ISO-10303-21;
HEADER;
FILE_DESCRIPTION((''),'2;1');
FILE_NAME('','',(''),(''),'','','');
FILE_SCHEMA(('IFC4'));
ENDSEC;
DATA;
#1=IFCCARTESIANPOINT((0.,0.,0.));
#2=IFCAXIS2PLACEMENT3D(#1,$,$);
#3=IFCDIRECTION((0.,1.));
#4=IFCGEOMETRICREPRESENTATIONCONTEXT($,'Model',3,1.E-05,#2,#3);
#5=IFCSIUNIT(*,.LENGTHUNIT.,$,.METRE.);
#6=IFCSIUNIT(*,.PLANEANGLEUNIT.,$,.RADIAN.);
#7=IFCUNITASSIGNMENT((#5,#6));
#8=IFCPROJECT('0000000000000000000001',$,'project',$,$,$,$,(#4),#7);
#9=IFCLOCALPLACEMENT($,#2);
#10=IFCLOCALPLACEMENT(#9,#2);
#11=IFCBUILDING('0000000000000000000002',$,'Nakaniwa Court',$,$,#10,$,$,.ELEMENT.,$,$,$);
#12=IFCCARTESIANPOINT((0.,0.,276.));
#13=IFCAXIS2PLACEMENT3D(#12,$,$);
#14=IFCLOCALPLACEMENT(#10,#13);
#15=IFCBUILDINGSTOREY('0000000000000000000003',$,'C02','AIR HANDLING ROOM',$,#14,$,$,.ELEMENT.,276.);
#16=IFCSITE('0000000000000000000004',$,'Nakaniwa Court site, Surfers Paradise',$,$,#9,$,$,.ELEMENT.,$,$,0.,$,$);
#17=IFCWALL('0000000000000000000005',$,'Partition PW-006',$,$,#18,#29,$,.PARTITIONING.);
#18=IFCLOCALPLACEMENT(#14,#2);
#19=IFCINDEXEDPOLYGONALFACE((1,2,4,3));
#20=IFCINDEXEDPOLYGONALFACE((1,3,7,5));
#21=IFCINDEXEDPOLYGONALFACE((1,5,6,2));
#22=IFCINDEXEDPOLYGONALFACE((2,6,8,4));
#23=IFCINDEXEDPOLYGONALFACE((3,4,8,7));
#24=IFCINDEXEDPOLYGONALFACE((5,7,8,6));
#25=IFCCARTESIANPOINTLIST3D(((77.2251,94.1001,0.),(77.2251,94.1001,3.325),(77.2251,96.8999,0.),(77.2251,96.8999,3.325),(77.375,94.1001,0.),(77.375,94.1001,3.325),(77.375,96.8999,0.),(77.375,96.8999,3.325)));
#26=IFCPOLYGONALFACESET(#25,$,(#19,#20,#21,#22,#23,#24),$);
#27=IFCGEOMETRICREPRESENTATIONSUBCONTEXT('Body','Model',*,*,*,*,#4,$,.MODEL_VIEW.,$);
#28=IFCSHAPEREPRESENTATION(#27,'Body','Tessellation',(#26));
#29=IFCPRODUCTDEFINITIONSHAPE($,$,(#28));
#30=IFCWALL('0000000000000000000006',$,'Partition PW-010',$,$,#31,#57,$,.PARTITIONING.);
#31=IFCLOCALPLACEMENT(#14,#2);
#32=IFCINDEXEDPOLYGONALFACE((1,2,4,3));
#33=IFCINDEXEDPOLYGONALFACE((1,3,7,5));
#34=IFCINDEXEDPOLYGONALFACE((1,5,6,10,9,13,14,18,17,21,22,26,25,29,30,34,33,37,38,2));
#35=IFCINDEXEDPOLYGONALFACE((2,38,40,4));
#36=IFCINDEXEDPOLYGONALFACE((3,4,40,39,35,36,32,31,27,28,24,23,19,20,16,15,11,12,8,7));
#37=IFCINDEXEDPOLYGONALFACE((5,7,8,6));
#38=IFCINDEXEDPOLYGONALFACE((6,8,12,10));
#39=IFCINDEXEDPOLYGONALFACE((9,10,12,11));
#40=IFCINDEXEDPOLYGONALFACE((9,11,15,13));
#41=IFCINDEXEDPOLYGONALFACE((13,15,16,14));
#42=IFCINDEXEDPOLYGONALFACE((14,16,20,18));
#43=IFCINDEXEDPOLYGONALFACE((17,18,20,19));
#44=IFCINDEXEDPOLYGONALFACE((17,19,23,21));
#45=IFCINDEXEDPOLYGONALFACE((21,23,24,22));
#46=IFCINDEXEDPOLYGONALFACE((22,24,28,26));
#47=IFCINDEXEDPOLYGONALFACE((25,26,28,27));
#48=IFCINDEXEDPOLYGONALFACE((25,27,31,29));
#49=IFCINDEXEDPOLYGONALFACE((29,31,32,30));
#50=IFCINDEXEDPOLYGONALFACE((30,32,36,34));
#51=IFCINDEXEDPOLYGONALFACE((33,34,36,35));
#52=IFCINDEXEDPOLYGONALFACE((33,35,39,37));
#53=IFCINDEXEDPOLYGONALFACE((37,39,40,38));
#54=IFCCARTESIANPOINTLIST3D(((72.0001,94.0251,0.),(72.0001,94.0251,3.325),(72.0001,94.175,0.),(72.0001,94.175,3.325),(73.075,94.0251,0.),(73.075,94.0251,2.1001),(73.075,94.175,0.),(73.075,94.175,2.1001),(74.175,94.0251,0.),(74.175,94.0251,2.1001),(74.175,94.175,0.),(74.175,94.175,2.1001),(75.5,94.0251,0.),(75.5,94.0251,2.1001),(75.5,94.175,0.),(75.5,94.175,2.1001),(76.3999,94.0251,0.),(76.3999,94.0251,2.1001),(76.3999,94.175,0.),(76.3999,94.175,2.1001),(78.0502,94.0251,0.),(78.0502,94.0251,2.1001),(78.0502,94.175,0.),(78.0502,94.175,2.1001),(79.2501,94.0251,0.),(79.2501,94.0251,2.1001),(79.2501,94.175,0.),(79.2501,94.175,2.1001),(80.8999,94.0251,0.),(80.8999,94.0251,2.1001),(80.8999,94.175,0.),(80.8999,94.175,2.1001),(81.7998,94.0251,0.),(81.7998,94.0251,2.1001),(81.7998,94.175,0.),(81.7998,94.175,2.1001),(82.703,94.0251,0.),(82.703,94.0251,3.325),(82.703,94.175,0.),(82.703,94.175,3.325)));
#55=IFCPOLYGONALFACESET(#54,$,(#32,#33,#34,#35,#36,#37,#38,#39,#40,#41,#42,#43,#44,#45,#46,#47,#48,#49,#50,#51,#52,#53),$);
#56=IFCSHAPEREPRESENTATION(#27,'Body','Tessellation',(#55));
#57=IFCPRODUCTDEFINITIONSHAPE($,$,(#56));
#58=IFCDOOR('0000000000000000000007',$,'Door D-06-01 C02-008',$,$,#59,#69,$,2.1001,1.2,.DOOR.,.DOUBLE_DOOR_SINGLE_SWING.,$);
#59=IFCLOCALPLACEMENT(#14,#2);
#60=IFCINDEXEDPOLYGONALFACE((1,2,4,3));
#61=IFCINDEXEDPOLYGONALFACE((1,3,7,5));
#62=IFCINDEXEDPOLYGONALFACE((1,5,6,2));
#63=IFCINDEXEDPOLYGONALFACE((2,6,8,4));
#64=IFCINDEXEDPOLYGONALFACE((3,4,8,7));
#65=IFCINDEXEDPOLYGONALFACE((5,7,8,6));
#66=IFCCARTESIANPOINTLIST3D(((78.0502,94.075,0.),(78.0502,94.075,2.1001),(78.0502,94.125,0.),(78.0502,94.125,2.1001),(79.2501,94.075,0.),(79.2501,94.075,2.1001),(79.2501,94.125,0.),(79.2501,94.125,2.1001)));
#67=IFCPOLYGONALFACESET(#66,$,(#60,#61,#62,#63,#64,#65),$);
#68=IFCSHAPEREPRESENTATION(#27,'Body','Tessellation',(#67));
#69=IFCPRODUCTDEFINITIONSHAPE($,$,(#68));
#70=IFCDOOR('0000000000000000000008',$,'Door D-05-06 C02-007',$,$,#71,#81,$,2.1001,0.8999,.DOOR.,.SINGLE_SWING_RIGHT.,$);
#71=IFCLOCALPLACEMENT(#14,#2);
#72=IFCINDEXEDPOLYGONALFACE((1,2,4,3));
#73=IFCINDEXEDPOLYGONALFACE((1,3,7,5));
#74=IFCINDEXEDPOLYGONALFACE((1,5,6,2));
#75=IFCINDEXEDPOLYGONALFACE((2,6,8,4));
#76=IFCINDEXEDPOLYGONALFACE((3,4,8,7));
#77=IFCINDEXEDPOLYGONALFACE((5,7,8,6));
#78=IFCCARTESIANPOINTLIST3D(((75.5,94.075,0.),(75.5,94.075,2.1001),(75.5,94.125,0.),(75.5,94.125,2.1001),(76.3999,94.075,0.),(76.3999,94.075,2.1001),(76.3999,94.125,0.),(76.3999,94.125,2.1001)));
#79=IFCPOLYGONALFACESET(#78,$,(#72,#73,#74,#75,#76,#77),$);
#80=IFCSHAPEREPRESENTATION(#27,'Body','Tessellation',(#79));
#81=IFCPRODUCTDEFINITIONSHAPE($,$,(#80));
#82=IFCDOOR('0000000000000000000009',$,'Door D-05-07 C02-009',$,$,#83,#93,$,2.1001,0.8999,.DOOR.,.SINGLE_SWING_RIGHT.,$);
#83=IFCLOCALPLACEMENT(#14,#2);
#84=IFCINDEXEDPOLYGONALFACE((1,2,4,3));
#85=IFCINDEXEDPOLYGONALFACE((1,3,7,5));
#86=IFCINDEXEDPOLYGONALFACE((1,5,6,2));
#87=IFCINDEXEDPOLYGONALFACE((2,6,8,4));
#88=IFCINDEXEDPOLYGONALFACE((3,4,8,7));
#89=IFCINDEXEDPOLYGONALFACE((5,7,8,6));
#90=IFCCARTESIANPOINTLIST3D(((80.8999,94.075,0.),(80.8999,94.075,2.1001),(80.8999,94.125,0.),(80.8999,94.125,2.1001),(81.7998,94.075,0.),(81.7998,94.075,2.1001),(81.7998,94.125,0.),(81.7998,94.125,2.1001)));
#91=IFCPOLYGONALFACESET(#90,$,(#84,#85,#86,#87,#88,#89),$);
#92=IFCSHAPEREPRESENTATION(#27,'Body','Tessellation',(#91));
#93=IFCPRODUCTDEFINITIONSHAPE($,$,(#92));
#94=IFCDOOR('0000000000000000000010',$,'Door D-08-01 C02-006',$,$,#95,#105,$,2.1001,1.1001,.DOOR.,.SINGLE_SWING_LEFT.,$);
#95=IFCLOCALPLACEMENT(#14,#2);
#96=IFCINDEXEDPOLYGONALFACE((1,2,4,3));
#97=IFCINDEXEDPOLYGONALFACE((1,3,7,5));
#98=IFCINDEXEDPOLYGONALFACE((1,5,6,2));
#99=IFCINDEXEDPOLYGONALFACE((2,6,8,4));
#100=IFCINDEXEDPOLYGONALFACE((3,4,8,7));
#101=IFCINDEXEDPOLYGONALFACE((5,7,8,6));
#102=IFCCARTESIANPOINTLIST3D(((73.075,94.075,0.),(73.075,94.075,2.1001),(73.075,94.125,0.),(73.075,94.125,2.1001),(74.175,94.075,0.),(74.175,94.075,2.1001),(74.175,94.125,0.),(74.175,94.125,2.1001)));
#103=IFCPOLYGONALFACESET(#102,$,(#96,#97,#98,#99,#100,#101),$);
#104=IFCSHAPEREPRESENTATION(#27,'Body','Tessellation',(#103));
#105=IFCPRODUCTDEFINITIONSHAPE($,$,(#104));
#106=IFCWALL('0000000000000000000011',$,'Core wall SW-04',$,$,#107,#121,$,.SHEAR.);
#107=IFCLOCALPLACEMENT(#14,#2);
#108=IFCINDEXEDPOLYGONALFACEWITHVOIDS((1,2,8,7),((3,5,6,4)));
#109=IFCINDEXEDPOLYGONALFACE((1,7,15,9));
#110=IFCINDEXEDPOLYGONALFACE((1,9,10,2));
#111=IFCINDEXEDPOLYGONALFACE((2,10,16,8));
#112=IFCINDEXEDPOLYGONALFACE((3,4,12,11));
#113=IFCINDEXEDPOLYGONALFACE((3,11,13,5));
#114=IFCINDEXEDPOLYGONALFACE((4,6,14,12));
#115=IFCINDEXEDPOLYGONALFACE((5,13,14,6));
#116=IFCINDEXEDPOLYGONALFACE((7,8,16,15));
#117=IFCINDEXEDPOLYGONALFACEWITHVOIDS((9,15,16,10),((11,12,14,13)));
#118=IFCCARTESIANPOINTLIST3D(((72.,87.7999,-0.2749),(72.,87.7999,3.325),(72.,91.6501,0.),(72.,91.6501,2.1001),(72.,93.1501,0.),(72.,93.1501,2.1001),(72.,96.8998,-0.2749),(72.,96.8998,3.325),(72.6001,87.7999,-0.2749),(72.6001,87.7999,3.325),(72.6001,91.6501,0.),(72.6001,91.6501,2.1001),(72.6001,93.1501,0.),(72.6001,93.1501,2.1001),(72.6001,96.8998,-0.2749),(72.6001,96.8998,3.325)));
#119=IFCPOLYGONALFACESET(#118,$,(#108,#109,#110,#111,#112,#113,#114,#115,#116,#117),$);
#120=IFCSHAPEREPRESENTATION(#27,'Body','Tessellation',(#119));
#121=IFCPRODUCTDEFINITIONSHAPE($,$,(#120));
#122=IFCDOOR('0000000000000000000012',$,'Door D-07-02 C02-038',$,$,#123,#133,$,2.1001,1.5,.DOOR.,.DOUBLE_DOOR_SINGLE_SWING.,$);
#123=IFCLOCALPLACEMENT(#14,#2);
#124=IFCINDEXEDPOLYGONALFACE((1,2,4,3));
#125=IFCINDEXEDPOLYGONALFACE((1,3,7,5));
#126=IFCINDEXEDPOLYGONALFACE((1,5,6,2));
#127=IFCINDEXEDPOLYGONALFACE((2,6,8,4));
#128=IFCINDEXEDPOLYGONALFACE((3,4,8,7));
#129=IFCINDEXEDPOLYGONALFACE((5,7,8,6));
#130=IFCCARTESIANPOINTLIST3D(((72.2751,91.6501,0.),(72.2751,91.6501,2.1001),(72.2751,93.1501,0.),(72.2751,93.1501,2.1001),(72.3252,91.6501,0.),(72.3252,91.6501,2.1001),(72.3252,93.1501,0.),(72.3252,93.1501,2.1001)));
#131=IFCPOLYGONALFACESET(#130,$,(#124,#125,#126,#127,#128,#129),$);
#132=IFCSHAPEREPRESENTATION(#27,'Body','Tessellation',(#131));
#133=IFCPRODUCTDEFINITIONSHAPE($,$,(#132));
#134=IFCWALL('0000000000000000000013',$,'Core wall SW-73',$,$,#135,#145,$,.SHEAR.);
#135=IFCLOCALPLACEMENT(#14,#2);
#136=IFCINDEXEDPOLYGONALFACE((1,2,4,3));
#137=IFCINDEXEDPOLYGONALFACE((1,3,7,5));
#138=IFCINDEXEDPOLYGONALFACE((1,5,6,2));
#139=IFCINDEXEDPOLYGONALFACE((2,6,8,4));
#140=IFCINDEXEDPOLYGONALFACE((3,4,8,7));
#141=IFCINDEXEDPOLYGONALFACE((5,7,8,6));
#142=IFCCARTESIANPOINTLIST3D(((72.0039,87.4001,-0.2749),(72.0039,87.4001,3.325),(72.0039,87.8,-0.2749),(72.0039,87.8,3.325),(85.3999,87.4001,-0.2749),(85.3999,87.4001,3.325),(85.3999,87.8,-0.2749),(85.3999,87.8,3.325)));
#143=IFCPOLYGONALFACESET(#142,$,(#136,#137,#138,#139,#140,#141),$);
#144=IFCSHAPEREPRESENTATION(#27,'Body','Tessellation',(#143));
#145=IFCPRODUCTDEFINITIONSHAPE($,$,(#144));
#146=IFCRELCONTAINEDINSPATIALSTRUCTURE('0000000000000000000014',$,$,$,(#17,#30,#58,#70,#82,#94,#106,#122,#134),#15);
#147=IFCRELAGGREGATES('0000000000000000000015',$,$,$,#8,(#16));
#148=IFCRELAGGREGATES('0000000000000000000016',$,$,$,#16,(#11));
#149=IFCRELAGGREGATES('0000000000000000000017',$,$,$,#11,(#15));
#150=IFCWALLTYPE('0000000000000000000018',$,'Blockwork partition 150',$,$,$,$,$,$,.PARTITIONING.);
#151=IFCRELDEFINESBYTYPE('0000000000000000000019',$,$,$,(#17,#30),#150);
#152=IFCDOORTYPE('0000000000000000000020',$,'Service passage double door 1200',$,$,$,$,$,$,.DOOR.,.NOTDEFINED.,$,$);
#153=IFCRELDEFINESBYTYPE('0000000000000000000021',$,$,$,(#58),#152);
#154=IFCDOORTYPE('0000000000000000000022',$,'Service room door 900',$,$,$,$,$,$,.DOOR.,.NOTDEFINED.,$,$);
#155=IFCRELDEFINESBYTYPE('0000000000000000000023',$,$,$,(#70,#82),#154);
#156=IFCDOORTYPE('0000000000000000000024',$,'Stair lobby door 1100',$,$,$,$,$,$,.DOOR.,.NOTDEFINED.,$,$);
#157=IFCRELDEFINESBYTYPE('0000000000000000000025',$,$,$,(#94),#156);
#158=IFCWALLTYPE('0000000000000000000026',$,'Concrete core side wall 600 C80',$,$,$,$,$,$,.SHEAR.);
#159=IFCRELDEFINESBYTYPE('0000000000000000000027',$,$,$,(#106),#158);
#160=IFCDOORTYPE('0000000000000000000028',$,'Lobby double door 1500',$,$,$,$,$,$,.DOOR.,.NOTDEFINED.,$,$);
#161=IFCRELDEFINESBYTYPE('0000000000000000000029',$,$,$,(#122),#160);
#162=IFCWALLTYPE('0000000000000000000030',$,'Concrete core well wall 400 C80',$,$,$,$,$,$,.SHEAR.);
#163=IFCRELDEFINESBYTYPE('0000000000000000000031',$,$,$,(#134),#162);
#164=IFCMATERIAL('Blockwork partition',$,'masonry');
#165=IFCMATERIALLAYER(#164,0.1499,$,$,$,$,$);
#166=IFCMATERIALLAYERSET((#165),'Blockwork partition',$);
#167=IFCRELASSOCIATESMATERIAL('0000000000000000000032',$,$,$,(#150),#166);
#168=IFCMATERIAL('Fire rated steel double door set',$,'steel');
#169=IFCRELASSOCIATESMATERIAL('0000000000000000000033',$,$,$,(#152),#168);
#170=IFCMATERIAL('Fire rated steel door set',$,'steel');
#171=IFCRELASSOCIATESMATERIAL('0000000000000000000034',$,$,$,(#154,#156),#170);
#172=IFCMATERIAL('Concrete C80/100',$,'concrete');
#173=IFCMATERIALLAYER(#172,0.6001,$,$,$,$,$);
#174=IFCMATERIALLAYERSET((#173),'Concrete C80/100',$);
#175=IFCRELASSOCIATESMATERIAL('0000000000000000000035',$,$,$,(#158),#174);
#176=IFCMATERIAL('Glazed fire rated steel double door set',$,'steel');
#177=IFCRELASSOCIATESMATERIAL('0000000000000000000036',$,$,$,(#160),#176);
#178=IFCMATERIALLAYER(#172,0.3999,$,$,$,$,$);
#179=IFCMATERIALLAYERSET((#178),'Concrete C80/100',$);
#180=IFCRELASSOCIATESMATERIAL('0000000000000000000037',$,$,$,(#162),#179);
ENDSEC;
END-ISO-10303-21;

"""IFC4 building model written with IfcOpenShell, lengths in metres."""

from ifc_helpers import new_model, si_unit, direction, frame, frame_2d, origin, place, context, subcontext, project, spatial, rectangle, extrude, material, layer, layer_set, type_object, element, fill, save


model = new_model("IFC4")

# Units and contexts
model_context = context("Model", 3, precision=1e-05, world=origin(), true_north=direction((0.0, 1.0)))
body_context = subcontext(model_context, "Body", "Model", "MODEL_VIEW")
ifc_project = project(units=[si_unit("LENGTHUNIT", "METRE"), si_unit("PLANEANGLEUNIT", "RADIAN")], contexts=[model_context])

# Site, building, storey
site_placement = place(None, origin())
site = spatial("IfcSite", under=ifc_project, at=site_placement, Name="Nakaniwa Court site, Surfers Paradise", CompositionType="ELEMENT", RefElevation=0.0)
building_placement = place(site_placement, origin())
building = spatial("IfcBuilding", under=site, at=building_placement, Name="Nakaniwa Court", CompositionType="ELEMENT")
storey_placement = place(building_placement, frame((0.0, 0.0, 276.0)))
storey = spatial("IfcBuildingStorey", under=building, at=storey_placement, Name="C02", Description="AIR HANDLING ROOM", CompositionType="ELEMENT", Elevation=276.0)

# Shared definitions
ifc_material_1 = material(Name="Concrete C80/100", Category="concrete")

# Wall
ifc_material_2 = material(Name="Blockwork partition", Category="masonry")
ifc_layer_1 = layer(ifc_material_2, 0.1499)
ifc_layer_set_1 = layer_set([ifc_layer_1], Name="Blockwork partition")
wall_type_1 = type_object("IfcWallType", Name="Blockwork partition 150", PredefinedType="PARTITIONING", material=ifc_layer_set_1)
wall_1_placement = place(storey_placement, frame((77.3, 94.1001, 0.0), z_axis=(0.0, 0.0, 1.0), x_axis=(0.0, 1.0, 0.0)))
element("IfcWall", 1, at=wall_1_placement, inside=storey, type_object=wall_type_1, Name="Partition PW-006", PredefinedType="PARTITIONING", context=body_context, shape_type="SweptSolid", body=[
    extrude(rectangle(XDim=2.7998, YDim=0.1499, at=frame_2d((1.3999, 0.0))), origin(), (0.0, 0.0, 1.0), 3.325),
])

# Wall, openings, doors
wall_2_placement = place(storey_placement, frame((72.0, 94.1001, 0.0), z_axis=(0.0, 0.0, 1.0), x_axis=(1.0, 0.0, 0.0)))
wall_2 = element("IfcWall", 2, at=wall_2_placement, inside=storey, type_object=wall_type_1, Name="Partition PW-010", PredefinedType="PARTITIONING", context=body_context, shape_type="SweptSolid", body=[
    extrude(rectangle(XDim=10.7029, YDim=0.1499, at=frame_2d((5.3516, 0.0))), origin(), (0.0, 0.0, 1.0), 3.325),
])
opening_1_placement = place(wall_2_placement, frame((1.075, 0.0, 0.0)))
opening_1 = element("IfcOpeningElement", 3, at=opening_1_placement, cuts=wall_2, PredefinedType="OPENING", context=body_context, shape_type="SweptSolid", body=[
    extrude(rectangle(XDim=1.1001, YDim=2.1001, at=frame_2d((0.55, 1.05))), frame((0.0, 0.085, 0.0), z_axis=(0.0, -1.0, 0.0), x_axis=(1.0, 0.0, 0.0)), (0.0, 0.0, 1.0), 0.1699),
])
opening_2_placement = place(wall_2_placement, frame((3.5, 0.0, 0.0)))
opening_2 = element("IfcOpeningElement", 4, at=opening_2_placement, cuts=wall_2, PredefinedType="OPENING", context=body_context, shape_type="SweptSolid", body=[
    extrude(rectangle(XDim=0.8999, YDim=2.1001, at=frame_2d((0.45, 1.05))), frame((0.0, 0.085, 0.0), z_axis=(0.0, -1.0, 0.0), x_axis=(1.0, 0.0, 0.0)), (0.0, 0.0, 1.0), 0.1699),
])
opening_3_placement = place(wall_2_placement, frame((6.05, 0.0, 0.0)))
opening_3 = element("IfcOpeningElement", 5, at=opening_3_placement, cuts=wall_2, PredefinedType="OPENING", context=body_context, shape_type="SweptSolid", body=[
    extrude(rectangle(XDim=1.2, YDim=2.1001, at=frame_2d((0.6001, 1.05))), frame((0.0, 0.085, 0.0), z_axis=(0.0, -1.0, 0.0), x_axis=(1.0, 0.0, 0.0)), (0.0, 0.0, 1.0), 0.1699),
])
opening_4_placement = place(wall_2_placement, frame((8.8999, 0.0, 0.0)))
opening_4 = element("IfcOpeningElement", 6, at=opening_4_placement, cuts=wall_2, PredefinedType="OPENING", context=body_context, shape_type="SweptSolid", body=[
    extrude(rectangle(XDim=0.8999, YDim=2.1001, at=frame_2d((0.45, 1.05))), frame((0.0, 0.085, 0.0), z_axis=(0.0, -1.0, 0.0), x_axis=(1.0, 0.0, 0.0)), (0.0, 0.0, 1.0), 0.1699),
])
ifc_material_3 = material(Name="Fire rated steel double door set", Category="steel")
door_type_1 = type_object("IfcDoorType", Name="Service passage double door 1200", OperationType="NOTDEFINED", PredefinedType="DOOR", material=ifc_material_3)
door_1_placement = place(opening_3_placement, origin())
door_1 = element("IfcDoor", 7, at=door_1_placement, inside=storey, type_object=door_type_1, Name="Door D-06-01 C02-008", OperationType="DOUBLE_DOOR_SINGLE_SWING", OverallHeight=2.1001, OverallWidth=1.2, PredefinedType="DOOR", context=body_context, shape_type="SweptSolid", body=[
    extrude(rectangle(XDim=1.2, YDim=2.1001, at=frame_2d((0.6001, 1.05))), frame((0.0, 0.0249, 0.0), z_axis=(0.0, -1.0, 0.0), x_axis=(1.0, 0.0, 0.0)), (0.0, 0.0, 1.0), 0.05),
])
fill(opening_3, door_1)
ifc_material_4 = material(Name="Fire rated steel door set", Category="steel")
door_type_2 = type_object("IfcDoorType", Name="Service room door 900", OperationType="NOTDEFINED", PredefinedType="DOOR", material=ifc_material_4)
door_2_placement = place(opening_2_placement, origin())
door_2 = element("IfcDoor", 8, at=door_2_placement, inside=storey, type_object=door_type_2, Name="Door D-05-06 C02-007", OperationType="SINGLE_SWING_RIGHT", OverallHeight=2.1001, OverallWidth=0.8999, PredefinedType="DOOR", context=body_context, shape_type="SweptSolid", body=[
    extrude(rectangle(XDim=0.8999, YDim=2.1001, at=frame_2d((0.45, 1.05))), frame((0.0, 0.0249, 0.0), z_axis=(0.0, -1.0, 0.0), x_axis=(1.0, 0.0, 0.0)), (0.0, 0.0, 1.0), 0.05),
])
fill(opening_2, door_2)
door_3_placement = place(opening_4_placement, origin())
door_3 = element("IfcDoor", 9, at=door_3_placement, inside=storey, type_object=door_type_2, Name="Door D-05-07 C02-009", OperationType="SINGLE_SWING_RIGHT", OverallHeight=2.1001, OverallWidth=0.8999, PredefinedType="DOOR", context=body_context, shape_type="SweptSolid", body=[
    extrude(rectangle(XDim=0.8999, YDim=2.1001, at=frame_2d((0.45, 1.05))), frame((0.0, 0.0249, 0.0), z_axis=(0.0, -1.0, 0.0), x_axis=(1.0, 0.0, 0.0)), (0.0, 0.0, 1.0), 0.05),
])
fill(opening_4, door_3)
door_type_3 = type_object("IfcDoorType", Name="Stair lobby door 1100", OperationType="NOTDEFINED", PredefinedType="DOOR", material=ifc_material_4)
door_4_placement = place(opening_1_placement, origin())
door_4 = element("IfcDoor", 10, at=door_4_placement, inside=storey, type_object=door_type_3, Name="Door D-08-01 C02-006", OperationType="SINGLE_SWING_LEFT", OverallHeight=2.1001, OverallWidth=1.1001, PredefinedType="DOOR", context=body_context, shape_type="SweptSolid", body=[
    extrude(rectangle(XDim=1.1001, YDim=2.1001, at=frame_2d((0.55, 1.05))), frame((0.0, 0.0249, 0.0), z_axis=(0.0, -1.0, 0.0), x_axis=(1.0, 0.0, 0.0)), (0.0, 0.0, 1.0), 0.05),
])
fill(opening_1, door_4)

# Wall, opening, door
ifc_layer_2 = layer(ifc_material_1, 0.6001)
ifc_layer_set_2 = layer_set([ifc_layer_2], Name="Concrete C80/100")
wall_type_2 = type_object("IfcWallType", Name="Concrete core side wall 600 C80", PredefinedType="SHEAR", material=ifc_layer_set_2)
wall_3_placement = place(storey_placement, frame((72.3, 87.8, -0.2749), z_axis=(0.0, 0.0, 1.0), x_axis=(0.0, 1.0, 0.0)))
wall_3 = element("IfcWall", 11, at=wall_3_placement, inside=storey, type_object=wall_type_2, Name="Core wall SW-04", PredefinedType="SHEAR", context=body_context, shape_type="SweptSolid", body=[
    extrude(rectangle(XDim=9.0999, YDim=0.6001, at=frame_2d((4.5498, 0.0))), origin(), (0.0, 0.0, 1.0), 3.5999),
])
opening_5_placement = place(wall_3_placement, frame((3.8501, 0.0, 0.2749)))
opening_5 = element("IfcOpeningElement", 12, at=opening_5_placement, cuts=wall_3, PredefinedType="OPENING", context=body_context, shape_type="SweptSolid", body=[
    extrude(rectangle(XDim=1.5, YDim=2.1001, at=frame_2d((0.75, 1.05))), frame((0.0, 0.3101, 0.0), z_axis=(0.0, -1.0, 0.0), x_axis=(1.0, 0.0, 0.0)), (0.0, 0.0, 1.0), 0.6201),
])
ifc_material_5 = material(Name="Glazed fire rated steel double door set", Category="steel")
door_type_4 = type_object("IfcDoorType", Name="Lobby double door 1500", OperationType="NOTDEFINED", PredefinedType="DOOR", material=ifc_material_5)
door_5_placement = place(opening_5_placement, origin())
door_5 = element("IfcDoor", 13, at=door_5_placement, inside=storey, type_object=door_type_4, Name="Door D-07-02 C02-038", OperationType="DOUBLE_DOOR_SINGLE_SWING", OverallHeight=2.1001, OverallWidth=1.5, PredefinedType="DOOR", context=body_context, shape_type="SweptSolid", body=[
    extrude(rectangle(XDim=1.5, YDim=2.1001, at=frame_2d((0.75, 1.05))), frame((0.0, 0.0249, 0.0), z_axis=(0.0, -1.0, 0.0), x_axis=(1.0, 0.0, 0.0)), (0.0, 0.0, 1.0), 0.05),
])
fill(opening_5, door_5)

# Wall
ifc_layer_3 = layer(ifc_material_1, 0.3999)
ifc_layer_set_3 = layer_set([ifc_layer_3], Name="Concrete C80/100")
wall_type_3 = type_object("IfcWallType", Name="Concrete core well wall 400 C80", PredefinedType="SHEAR", material=ifc_layer_set_3)
wall_4_placement = place(storey_placement, frame((72.0039, 87.6001, -0.2749), z_axis=(0.0, 0.0, 1.0), x_axis=(1.0, 0.0, 0.0)))
element("IfcWall", 14, at=wall_4_placement, inside=storey, type_object=wall_type_3, Name="Core wall SW-73", PredefinedType="SHEAR", context=body_context, shape_type="SweptSolid", body=[
    extrude(rectangle(XDim=13.396, YDim=0.3999, at=frame_2d((6.698, 0.0))), origin(), (0.0, 0.0, 1.0), 3.5999),
])

save(model, "model.ifc")
